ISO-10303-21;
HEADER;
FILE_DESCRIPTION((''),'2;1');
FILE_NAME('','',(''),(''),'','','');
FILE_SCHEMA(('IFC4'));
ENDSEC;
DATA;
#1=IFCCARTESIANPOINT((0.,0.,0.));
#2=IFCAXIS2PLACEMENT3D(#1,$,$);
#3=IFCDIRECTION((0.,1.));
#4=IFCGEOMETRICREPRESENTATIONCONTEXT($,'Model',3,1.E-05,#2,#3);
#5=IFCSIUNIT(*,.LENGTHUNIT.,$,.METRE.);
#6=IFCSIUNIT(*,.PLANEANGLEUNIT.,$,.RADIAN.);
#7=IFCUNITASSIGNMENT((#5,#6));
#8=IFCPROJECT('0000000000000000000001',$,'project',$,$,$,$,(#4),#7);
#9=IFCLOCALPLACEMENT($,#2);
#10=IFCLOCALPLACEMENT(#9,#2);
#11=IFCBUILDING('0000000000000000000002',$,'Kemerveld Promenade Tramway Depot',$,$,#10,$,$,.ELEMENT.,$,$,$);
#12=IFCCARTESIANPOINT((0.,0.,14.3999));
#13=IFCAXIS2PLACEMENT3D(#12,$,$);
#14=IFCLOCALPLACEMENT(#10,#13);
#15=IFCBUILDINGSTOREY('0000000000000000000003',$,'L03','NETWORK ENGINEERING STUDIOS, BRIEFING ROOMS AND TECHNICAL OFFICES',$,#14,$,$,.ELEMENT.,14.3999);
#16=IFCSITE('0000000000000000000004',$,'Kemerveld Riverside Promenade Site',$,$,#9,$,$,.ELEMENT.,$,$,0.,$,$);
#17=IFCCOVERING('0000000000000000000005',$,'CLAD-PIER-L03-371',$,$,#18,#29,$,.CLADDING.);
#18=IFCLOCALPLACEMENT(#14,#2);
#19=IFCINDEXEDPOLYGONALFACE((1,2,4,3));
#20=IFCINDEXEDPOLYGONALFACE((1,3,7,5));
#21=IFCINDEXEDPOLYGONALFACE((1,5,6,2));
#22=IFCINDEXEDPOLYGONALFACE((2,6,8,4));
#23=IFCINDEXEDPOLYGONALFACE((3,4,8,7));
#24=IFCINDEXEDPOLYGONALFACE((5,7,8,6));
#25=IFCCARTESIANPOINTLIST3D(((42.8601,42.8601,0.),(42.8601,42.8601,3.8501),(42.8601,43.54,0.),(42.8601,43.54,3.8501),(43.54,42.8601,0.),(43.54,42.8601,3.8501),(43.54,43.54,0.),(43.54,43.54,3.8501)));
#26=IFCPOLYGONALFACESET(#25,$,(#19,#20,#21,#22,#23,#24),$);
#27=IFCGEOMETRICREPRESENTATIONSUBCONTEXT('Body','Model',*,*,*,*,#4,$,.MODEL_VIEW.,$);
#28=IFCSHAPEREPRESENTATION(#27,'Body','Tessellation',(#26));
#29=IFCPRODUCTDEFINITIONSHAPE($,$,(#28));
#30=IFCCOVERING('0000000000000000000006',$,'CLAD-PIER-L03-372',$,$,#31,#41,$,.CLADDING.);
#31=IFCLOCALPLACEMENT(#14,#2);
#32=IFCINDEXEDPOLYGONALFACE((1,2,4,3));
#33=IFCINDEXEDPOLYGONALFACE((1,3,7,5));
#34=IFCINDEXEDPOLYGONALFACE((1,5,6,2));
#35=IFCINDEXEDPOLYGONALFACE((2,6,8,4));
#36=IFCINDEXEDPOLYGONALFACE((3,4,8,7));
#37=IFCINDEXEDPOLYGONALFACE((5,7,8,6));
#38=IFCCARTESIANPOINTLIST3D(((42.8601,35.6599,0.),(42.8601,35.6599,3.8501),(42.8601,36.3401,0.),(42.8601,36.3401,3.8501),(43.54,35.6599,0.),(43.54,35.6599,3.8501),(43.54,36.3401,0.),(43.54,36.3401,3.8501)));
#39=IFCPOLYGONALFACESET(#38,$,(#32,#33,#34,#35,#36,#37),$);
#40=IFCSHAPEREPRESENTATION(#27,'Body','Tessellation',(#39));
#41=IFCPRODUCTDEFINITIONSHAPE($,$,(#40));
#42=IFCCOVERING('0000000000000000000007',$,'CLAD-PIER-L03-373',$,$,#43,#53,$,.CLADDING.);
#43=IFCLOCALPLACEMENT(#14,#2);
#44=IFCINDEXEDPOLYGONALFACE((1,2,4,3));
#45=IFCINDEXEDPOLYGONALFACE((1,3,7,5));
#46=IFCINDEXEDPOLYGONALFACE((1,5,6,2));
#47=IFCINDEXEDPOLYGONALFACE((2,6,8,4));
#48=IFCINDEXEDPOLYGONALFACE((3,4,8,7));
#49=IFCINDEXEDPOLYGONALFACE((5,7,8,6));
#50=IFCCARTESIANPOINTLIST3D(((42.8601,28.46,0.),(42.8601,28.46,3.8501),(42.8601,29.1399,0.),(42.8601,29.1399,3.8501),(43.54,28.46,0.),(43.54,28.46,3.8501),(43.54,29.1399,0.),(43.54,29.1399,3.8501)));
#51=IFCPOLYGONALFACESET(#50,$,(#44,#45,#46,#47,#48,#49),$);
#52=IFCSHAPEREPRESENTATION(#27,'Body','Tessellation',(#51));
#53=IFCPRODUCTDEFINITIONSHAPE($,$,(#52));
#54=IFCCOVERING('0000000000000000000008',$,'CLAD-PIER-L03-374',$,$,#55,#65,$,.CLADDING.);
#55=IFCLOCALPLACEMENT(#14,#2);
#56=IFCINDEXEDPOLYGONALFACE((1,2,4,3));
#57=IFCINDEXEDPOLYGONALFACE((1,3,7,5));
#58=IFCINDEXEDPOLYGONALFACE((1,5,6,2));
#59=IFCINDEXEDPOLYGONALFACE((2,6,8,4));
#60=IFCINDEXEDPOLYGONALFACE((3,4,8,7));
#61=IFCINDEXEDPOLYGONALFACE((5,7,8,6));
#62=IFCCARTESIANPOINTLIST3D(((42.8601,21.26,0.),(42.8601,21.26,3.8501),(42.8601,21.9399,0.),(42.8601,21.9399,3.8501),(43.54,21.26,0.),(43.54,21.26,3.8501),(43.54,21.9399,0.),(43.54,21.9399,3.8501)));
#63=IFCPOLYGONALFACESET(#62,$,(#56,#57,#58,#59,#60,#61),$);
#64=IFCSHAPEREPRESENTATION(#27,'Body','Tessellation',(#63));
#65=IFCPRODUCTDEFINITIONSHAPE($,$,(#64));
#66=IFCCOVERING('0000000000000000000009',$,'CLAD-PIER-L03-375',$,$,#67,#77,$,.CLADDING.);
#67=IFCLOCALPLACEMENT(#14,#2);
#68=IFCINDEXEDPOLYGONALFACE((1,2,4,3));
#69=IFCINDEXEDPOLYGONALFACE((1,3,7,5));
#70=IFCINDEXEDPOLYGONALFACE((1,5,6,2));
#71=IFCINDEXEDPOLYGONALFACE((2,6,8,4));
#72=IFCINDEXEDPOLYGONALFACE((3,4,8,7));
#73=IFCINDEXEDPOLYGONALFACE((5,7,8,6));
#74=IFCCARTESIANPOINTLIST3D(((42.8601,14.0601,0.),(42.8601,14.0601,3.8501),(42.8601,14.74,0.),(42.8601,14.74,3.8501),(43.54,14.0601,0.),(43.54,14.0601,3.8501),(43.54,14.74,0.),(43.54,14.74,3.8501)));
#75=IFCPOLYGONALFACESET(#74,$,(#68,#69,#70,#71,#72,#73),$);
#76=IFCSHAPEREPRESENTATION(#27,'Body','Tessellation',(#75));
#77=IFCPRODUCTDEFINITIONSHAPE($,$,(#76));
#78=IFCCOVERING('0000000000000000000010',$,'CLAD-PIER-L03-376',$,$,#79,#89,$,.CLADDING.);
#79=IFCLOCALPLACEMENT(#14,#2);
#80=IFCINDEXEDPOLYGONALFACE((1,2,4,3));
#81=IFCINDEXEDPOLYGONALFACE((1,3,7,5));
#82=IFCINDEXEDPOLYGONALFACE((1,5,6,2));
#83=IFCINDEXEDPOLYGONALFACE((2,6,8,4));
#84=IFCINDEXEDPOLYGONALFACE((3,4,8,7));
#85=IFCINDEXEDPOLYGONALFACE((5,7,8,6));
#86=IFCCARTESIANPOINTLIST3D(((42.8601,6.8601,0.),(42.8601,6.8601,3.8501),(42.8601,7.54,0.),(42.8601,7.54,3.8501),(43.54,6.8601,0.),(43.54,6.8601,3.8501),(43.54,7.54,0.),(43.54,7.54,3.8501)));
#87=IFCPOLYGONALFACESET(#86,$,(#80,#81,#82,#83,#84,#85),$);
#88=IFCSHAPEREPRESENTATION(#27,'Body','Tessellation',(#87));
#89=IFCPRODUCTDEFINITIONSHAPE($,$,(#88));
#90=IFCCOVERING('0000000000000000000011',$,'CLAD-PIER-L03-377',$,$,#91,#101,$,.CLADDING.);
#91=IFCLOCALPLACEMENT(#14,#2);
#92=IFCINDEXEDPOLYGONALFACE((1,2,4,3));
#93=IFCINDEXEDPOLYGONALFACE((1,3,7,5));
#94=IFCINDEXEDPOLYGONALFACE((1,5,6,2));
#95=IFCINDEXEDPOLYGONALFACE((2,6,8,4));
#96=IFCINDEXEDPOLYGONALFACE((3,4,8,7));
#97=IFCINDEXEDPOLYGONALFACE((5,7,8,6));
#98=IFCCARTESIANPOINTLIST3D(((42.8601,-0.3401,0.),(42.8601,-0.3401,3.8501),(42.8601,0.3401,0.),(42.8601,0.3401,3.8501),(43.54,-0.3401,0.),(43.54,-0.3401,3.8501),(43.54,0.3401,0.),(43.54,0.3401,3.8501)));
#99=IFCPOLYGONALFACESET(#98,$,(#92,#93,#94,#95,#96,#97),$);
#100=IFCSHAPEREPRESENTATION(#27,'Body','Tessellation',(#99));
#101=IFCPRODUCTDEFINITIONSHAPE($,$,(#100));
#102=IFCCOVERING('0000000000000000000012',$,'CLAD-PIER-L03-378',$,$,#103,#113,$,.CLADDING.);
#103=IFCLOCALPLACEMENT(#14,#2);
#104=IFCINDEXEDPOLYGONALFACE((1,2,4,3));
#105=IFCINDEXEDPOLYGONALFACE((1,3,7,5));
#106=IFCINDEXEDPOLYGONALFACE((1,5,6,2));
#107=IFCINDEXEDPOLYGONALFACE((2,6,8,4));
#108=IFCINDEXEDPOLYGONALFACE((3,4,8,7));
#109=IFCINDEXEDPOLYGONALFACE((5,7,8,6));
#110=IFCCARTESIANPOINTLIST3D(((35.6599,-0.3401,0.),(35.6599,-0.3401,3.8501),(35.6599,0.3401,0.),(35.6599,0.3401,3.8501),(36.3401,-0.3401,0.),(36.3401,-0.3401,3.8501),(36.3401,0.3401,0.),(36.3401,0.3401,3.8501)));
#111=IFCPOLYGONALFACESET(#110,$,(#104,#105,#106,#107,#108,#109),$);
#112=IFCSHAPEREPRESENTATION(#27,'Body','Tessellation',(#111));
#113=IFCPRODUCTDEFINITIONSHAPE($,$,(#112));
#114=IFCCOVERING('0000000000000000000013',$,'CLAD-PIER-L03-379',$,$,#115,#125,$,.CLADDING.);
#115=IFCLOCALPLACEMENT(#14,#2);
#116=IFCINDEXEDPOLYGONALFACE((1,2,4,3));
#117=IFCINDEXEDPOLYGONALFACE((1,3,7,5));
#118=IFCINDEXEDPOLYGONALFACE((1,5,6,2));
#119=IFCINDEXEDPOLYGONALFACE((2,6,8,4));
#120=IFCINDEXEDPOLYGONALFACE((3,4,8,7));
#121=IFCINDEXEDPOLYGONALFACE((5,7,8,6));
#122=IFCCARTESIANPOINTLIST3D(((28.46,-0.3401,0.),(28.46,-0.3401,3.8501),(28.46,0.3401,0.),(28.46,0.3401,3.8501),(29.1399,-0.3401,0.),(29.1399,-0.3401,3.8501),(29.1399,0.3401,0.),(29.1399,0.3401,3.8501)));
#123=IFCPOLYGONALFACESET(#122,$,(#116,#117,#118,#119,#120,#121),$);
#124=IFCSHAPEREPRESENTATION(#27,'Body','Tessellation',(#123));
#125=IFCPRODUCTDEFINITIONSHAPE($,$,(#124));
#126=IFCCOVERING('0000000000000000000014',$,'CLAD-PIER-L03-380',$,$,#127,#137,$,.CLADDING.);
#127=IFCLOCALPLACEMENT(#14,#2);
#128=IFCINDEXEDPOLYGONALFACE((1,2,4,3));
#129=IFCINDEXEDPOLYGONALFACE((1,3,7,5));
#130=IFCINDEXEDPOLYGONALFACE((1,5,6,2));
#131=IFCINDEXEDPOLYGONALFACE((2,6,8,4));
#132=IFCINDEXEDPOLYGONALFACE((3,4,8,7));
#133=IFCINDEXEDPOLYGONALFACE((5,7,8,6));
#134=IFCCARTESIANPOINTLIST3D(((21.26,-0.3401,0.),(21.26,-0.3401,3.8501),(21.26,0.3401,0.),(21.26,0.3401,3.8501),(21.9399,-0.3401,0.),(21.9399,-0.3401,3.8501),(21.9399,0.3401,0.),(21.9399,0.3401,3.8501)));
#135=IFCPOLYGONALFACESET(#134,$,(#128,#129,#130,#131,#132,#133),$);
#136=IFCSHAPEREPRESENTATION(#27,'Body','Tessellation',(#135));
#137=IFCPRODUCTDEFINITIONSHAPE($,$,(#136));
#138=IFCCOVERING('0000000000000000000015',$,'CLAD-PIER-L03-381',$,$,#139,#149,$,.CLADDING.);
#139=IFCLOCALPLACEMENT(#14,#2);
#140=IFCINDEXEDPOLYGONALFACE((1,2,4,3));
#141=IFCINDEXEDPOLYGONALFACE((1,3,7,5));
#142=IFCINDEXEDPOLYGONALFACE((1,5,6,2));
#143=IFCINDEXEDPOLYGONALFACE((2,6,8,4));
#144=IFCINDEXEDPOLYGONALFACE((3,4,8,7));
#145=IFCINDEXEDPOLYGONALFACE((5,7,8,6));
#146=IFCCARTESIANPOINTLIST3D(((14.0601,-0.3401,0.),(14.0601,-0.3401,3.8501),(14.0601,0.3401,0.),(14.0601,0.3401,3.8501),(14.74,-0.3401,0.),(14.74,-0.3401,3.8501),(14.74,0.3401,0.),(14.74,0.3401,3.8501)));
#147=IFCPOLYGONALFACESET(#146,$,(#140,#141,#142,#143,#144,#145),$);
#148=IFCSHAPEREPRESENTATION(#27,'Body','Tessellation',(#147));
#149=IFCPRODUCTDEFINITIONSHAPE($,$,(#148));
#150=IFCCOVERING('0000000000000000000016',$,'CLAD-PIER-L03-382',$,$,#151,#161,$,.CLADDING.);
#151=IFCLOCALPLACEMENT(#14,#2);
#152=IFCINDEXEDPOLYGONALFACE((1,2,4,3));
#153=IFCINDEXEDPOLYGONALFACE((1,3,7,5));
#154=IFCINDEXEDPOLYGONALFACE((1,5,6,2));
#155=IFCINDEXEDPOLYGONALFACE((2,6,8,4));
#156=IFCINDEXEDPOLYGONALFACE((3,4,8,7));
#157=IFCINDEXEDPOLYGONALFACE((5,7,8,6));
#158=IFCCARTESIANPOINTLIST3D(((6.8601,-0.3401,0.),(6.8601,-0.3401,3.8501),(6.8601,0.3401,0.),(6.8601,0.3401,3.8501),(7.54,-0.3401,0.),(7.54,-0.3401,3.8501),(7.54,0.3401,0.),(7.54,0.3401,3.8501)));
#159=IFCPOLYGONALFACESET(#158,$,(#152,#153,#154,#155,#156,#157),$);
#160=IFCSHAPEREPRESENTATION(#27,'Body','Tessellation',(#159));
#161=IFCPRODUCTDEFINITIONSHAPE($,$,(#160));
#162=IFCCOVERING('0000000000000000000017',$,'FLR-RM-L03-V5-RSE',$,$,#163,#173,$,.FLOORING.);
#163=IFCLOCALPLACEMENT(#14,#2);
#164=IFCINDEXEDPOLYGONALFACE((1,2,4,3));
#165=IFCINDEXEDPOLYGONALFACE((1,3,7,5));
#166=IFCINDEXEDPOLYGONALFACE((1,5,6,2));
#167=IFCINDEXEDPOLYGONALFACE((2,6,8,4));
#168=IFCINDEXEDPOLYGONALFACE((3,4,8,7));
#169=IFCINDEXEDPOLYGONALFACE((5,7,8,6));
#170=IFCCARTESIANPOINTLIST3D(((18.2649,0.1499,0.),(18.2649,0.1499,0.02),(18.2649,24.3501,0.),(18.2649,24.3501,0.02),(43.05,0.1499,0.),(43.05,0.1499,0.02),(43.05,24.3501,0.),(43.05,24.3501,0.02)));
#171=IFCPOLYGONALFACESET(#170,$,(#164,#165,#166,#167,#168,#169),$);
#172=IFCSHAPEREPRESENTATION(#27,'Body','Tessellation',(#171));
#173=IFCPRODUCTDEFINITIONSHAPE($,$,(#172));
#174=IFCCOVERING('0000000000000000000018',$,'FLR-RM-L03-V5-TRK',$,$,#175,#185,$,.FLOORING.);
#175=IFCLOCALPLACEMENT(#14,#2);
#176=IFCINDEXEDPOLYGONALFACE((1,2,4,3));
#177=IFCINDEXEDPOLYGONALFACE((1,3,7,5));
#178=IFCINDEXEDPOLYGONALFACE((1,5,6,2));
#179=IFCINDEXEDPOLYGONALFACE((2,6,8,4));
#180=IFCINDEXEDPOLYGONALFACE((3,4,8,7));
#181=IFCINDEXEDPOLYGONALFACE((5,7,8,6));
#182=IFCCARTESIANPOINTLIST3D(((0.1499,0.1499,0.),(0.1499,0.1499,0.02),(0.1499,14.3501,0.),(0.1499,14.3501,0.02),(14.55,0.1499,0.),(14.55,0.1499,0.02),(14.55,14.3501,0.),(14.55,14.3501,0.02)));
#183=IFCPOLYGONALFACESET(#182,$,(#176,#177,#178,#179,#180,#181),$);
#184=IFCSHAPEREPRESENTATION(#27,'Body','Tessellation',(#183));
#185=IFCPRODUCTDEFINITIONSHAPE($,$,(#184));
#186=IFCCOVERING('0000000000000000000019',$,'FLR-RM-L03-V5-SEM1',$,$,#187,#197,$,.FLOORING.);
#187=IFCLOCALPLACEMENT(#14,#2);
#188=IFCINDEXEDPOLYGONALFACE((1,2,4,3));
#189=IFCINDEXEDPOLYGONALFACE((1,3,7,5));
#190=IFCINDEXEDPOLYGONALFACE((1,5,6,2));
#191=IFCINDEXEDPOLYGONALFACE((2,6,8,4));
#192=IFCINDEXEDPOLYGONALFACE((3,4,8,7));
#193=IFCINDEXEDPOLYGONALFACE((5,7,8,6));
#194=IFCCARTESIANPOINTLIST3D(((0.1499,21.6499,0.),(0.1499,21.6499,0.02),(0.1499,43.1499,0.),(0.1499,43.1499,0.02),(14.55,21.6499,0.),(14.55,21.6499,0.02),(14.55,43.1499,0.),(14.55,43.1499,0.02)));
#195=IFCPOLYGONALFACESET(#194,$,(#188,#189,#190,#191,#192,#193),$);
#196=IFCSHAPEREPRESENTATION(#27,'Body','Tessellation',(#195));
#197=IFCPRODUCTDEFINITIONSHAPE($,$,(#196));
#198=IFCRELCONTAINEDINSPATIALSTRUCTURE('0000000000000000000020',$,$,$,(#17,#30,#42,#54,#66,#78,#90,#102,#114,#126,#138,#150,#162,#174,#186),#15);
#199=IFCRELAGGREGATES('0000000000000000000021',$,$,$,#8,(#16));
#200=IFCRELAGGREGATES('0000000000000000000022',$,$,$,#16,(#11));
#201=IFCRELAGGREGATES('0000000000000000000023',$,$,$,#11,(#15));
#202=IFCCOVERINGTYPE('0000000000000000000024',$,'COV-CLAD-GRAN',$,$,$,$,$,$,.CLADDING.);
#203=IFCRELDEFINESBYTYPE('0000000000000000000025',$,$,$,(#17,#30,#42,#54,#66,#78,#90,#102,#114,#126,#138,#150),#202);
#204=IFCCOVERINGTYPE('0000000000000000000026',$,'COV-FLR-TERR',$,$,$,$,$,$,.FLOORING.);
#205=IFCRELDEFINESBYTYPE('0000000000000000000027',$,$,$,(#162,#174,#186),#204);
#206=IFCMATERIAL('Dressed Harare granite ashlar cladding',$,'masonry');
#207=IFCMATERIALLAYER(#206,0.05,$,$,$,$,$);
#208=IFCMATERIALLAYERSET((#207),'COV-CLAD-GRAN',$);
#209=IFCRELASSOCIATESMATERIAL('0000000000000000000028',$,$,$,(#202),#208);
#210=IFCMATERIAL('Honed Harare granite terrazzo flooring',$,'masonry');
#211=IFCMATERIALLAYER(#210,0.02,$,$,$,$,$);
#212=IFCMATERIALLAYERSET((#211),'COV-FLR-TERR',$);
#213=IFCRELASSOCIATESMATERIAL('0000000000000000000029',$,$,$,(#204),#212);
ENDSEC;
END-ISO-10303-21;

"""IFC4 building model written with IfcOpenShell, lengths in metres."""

from ifc_helpers import new_model, si_unit, direction, frame, origin, place, context, subcontext, project, spatial, polyline, outline, extrude, material, layer, layer_set, type_object, element, save


model = new_model("IFC4")

# Units and contexts
model_context = context("Model", 3, precision=1e-05, world=origin(), true_north=direction((0.0, 1.0)))
body_context = subcontext(model_context, "Body", "Model", "MODEL_VIEW")
ifc_project = project(units=[si_unit("LENGTHUNIT", "METRE"), si_unit("PLANEANGLEUNIT", "RADIAN")], contexts=[model_context])

# Site, building, storey
site_placement = place(None, origin())
site = spatial("IfcSite", under=ifc_project, at=site_placement, Name="Kemerveld Riverside Promenade Site", CompositionType="ELEMENT", RefElevation=0.0)
building_placement = place(site_placement, origin())
building = spatial("IfcBuilding", under=site, at=building_placement, Name="Kemerveld Promenade Tramway Depot", CompositionType="ELEMENT")
storey_placement = place(building_placement, frame((0.0, 0.0, 14.3999)))
storey = spatial("IfcBuildingStorey", under=building, at=storey_placement, Name="L03", Description="NETWORK ENGINEERING STUDIOS, BRIEFING ROOMS AND TECHNICAL OFFICES", CompositionType="ELEMENT", Elevation=14.3999)

# Coverings
ifc_material_1 = material(Name="Dressed Harare granite ashlar cladding", Category="masonry")
ifc_layer_1 = layer(ifc_material_1, 0.05)
ifc_layer_set_1 = layer_set([ifc_layer_1], Name="COV-CLAD-GRAN")
covering_type_1 = type_object("IfcCoveringType", Name="COV-CLAD-GRAN", PredefinedType="CLADDING", material=ifc_layer_set_1)
covering_1_placement = place(storey_placement, origin())
element("IfcCovering", 1, at=covering_1_placement, inside=storey, type_object=covering_type_1, Name="CLAD-PIER-L03-371", PredefinedType="CLADDING", context=body_context, shape_type="SweptSolid", body=[
    extrude(outline(polyline([(42.8601, 42.8601), (43.54, 42.8601), (43.54, 43.54), (42.8601, 43.54), (42.8601, 42.8601)])), origin(), (0.0, 0.0, 1.0), 3.8501),
])
covering_2_placement = place(storey_placement, origin())
element("IfcCovering", 2, at=covering_2_placement, inside=storey, type_object=covering_type_1, Name="CLAD-PIER-L03-372", PredefinedType="CLADDING", context=body_context, shape_type="SweptSolid", body=[
    extrude(outline(polyline([(42.8601, 35.6599), (43.54, 35.6599), (43.54, 36.3401), (42.8601, 36.3401), (42.8601, 35.6599)])), origin(), (0.0, 0.0, 1.0), 3.8501),
])
covering_3_placement = place(storey_placement, origin())
element("IfcCovering", 3, at=covering_3_placement, inside=storey, type_object=covering_type_1, Name="CLAD-PIER-L03-373", PredefinedType="CLADDING", context=body_context, shape_type="SweptSolid", body=[
    extrude(outline(polyline([(42.8601, 28.46), (43.54, 28.46), (43.54, 29.1399), (42.8601, 29.1399), (42.8601, 28.46)])), origin(), (0.0, 0.0, 1.0), 3.8501),
])
covering_4_placement = place(storey_placement, origin())
element("IfcCovering", 4, at=covering_4_placement, inside=storey, type_object=covering_type_1, Name="CLAD-PIER-L03-374", PredefinedType="CLADDING", context=body_context, shape_type="SweptSolid", body=[
    extrude(outline(polyline([(42.8601, 21.26), (43.54, 21.26), (43.54, 21.9399), (42.8601, 21.9399), (42.8601, 21.26)])), origin(), (0.0, 0.0, 1.0), 3.8501),
])
covering_5_placement = place(storey_placement, origin())
element("IfcCovering", 5, at=covering_5_placement, inside=storey, type_object=covering_type_1, Name="CLAD-PIER-L03-375", PredefinedType="CLADDING", context=body_context, shape_type="SweptSolid", body=[
    extrude(outline(polyline([(42.8601, 14.0601), (43.54, 14.0601), (43.54, 14.74), (42.8601, 14.74), (42.8601, 14.0601)])), origin(), (0.0, 0.0, 1.0), 3.8501),
])
covering_6_placement = place(storey_placement, origin())
element("IfcCovering", 6, at=covering_6_placement, inside=storey, type_object=covering_type_1, Name="CLAD-PIER-L03-376", PredefinedType="CLADDING", context=body_context, shape_type="SweptSolid", body=[
    extrude(outline(polyline([(42.8601, 6.8601), (43.54, 6.8601), (43.54, 7.54), (42.8601, 7.54), (42.8601, 6.8601)])), origin(), (0.0, 0.0, 1.0), 3.8501),
])
covering_7_placement = place(storey_placement, origin())
element("IfcCovering", 7, at=covering_7_placement, inside=storey, type_object=covering_type_1, Name="CLAD-PIER-L03-377", PredefinedType="CLADDING", context=body_context, shape_type="SweptSolid", body=[
    extrude(outline(polyline([(42.8601, -0.3401), (43.54, -0.3401), (43.54, 0.3401), (42.8601, 0.3401), (42.8601, -0.3401)])), origin(), (0.0, 0.0, 1.0), 3.8501),
])
covering_8_placement = place(storey_placement, origin())
element("IfcCovering", 8, at=covering_8_placement, inside=storey, type_object=covering_type_1, Name="CLAD-PIER-L03-378", PredefinedType="CLADDING", context=body_context, shape_type="SweptSolid", body=[
    extrude(outline(polyline([(35.6599, -0.3401), (36.3401, -0.3401), (36.3401, 0.3401), (35.6599, 0.3401), (35.6599, -0.3401)])), origin(), (0.0, 0.0, 1.0), 3.8501),
])
covering_9_placement = place(storey_placement, origin())
element("IfcCovering", 9, at=covering_9_placement, inside=storey, type_object=covering_type_1, Name="CLAD-PIER-L03-379", PredefinedType="CLADDING", context=body_context, shape_type="SweptSolid", body=[
    extrude(outline(polyline([(28.46, -0.3401), (29.1399, -0.3401), (29.1399, 0.3401), (28.46, 0.3401), (28.46, -0.3401)])), origin(), (0.0, 0.0, 1.0), 3.8501),
])
covering_10_placement = place(storey_placement, origin())
element("IfcCovering", 10, at=covering_10_placement, inside=storey, type_object=covering_type_1, Name="CLAD-PIER-L03-380", PredefinedType="CLADDING", context=body_context, shape_type="SweptSolid", body=[
    extrude(outline(polyline([(21.26, -0.3401), (21.9399, -0.3401), (21.9399, 0.3401), (21.26, 0.3401), (21.26, -0.3401)])), origin(), (0.0, 0.0, 1.0), 3.8501),
])
covering_11_placement = place(storey_placement, origin())
element("IfcCovering", 11, at=covering_11_placement, inside=storey, type_object=covering_type_1, Name="CLAD-PIER-L03-381", PredefinedType="CLADDING", context=body_context, shape_type="SweptSolid", body=[
    extrude(outline(polyline([(14.0601, -0.3401), (14.74, -0.3401), (14.74, 0.3401), (14.0601, 0.3401), (14.0601, -0.3401)])), origin(), (0.0, 0.0, 1.0), 3.8501),
])
covering_12_placement = place(storey_placement, origin())
element("IfcCovering", 12, at=covering_12_placement, inside=storey, type_object=covering_type_1, Name="CLAD-PIER-L03-382", PredefinedType="CLADDING", context=body_context, shape_type="SweptSolid", body=[
    extrude(outline(polyline([(6.8601, -0.3401), (7.54, -0.3401), (7.54, 0.3401), (6.8601, 0.3401), (6.8601, -0.3401)])), origin(), (0.0, 0.0, 1.0), 3.8501),
])
ifc_material_2 = material(Name="Honed Harare granite terrazzo flooring", Category="masonry")
ifc_layer_2 = layer(ifc_material_2, 0.02)
ifc_layer_set_2 = layer_set([ifc_layer_2], Name="COV-FLR-TERR")
covering_type_2 = type_object("IfcCoveringType", Name="COV-FLR-TERR", PredefinedType="FLOORING", material=ifc_layer_set_2)
covering_13_placement = place(storey_placement, origin())
element("IfcCovering", 13, at=covering_13_placement, inside=storey, type_object=covering_type_2, Name="FLR-RM-L03-V5-RSE", PredefinedType="FLOORING", context=body_context, shape_type="SweptSolid", body=[
    extrude(outline(polyline([(18.2649, 0.1499), (43.05, 0.1499), (43.05, 24.3501), (18.2649, 24.3501), (18.2649, 0.1499)])), origin(), (0.0, 0.0, 1.0), 0.02),
])
covering_14_placement = place(storey_placement, origin())
element("IfcCovering", 14, at=covering_14_placement, inside=storey, type_object=covering_type_2, Name="FLR-RM-L03-V5-TRK", PredefinedType="FLOORING", context=body_context, shape_type="SweptSolid", body=[
    extrude(outline(polyline([(0.1499, 0.1499), (14.55, 0.1499), (14.55, 14.3501), (0.1499, 14.3501), (0.1499, 0.1499)])), origin(), (0.0, 0.0, 1.0), 0.02),
])
covering_15_placement = place(storey_placement, origin())
element("IfcCovering", 15, at=covering_15_placement, inside=storey, type_object=covering_type_2, Name="FLR-RM-L03-V5-SEM1", PredefinedType="FLOORING", context=body_context, shape_type="SweptSolid", body=[
    extrude(outline(polyline([(0.1499, 21.6499), (14.55, 21.6499), (14.55, 43.1499), (0.1499, 43.1499), (0.1499, 21.6499)])), origin(), (0.0, 0.0, 1.0), 0.02),
])

save(model, "model.ifc")
